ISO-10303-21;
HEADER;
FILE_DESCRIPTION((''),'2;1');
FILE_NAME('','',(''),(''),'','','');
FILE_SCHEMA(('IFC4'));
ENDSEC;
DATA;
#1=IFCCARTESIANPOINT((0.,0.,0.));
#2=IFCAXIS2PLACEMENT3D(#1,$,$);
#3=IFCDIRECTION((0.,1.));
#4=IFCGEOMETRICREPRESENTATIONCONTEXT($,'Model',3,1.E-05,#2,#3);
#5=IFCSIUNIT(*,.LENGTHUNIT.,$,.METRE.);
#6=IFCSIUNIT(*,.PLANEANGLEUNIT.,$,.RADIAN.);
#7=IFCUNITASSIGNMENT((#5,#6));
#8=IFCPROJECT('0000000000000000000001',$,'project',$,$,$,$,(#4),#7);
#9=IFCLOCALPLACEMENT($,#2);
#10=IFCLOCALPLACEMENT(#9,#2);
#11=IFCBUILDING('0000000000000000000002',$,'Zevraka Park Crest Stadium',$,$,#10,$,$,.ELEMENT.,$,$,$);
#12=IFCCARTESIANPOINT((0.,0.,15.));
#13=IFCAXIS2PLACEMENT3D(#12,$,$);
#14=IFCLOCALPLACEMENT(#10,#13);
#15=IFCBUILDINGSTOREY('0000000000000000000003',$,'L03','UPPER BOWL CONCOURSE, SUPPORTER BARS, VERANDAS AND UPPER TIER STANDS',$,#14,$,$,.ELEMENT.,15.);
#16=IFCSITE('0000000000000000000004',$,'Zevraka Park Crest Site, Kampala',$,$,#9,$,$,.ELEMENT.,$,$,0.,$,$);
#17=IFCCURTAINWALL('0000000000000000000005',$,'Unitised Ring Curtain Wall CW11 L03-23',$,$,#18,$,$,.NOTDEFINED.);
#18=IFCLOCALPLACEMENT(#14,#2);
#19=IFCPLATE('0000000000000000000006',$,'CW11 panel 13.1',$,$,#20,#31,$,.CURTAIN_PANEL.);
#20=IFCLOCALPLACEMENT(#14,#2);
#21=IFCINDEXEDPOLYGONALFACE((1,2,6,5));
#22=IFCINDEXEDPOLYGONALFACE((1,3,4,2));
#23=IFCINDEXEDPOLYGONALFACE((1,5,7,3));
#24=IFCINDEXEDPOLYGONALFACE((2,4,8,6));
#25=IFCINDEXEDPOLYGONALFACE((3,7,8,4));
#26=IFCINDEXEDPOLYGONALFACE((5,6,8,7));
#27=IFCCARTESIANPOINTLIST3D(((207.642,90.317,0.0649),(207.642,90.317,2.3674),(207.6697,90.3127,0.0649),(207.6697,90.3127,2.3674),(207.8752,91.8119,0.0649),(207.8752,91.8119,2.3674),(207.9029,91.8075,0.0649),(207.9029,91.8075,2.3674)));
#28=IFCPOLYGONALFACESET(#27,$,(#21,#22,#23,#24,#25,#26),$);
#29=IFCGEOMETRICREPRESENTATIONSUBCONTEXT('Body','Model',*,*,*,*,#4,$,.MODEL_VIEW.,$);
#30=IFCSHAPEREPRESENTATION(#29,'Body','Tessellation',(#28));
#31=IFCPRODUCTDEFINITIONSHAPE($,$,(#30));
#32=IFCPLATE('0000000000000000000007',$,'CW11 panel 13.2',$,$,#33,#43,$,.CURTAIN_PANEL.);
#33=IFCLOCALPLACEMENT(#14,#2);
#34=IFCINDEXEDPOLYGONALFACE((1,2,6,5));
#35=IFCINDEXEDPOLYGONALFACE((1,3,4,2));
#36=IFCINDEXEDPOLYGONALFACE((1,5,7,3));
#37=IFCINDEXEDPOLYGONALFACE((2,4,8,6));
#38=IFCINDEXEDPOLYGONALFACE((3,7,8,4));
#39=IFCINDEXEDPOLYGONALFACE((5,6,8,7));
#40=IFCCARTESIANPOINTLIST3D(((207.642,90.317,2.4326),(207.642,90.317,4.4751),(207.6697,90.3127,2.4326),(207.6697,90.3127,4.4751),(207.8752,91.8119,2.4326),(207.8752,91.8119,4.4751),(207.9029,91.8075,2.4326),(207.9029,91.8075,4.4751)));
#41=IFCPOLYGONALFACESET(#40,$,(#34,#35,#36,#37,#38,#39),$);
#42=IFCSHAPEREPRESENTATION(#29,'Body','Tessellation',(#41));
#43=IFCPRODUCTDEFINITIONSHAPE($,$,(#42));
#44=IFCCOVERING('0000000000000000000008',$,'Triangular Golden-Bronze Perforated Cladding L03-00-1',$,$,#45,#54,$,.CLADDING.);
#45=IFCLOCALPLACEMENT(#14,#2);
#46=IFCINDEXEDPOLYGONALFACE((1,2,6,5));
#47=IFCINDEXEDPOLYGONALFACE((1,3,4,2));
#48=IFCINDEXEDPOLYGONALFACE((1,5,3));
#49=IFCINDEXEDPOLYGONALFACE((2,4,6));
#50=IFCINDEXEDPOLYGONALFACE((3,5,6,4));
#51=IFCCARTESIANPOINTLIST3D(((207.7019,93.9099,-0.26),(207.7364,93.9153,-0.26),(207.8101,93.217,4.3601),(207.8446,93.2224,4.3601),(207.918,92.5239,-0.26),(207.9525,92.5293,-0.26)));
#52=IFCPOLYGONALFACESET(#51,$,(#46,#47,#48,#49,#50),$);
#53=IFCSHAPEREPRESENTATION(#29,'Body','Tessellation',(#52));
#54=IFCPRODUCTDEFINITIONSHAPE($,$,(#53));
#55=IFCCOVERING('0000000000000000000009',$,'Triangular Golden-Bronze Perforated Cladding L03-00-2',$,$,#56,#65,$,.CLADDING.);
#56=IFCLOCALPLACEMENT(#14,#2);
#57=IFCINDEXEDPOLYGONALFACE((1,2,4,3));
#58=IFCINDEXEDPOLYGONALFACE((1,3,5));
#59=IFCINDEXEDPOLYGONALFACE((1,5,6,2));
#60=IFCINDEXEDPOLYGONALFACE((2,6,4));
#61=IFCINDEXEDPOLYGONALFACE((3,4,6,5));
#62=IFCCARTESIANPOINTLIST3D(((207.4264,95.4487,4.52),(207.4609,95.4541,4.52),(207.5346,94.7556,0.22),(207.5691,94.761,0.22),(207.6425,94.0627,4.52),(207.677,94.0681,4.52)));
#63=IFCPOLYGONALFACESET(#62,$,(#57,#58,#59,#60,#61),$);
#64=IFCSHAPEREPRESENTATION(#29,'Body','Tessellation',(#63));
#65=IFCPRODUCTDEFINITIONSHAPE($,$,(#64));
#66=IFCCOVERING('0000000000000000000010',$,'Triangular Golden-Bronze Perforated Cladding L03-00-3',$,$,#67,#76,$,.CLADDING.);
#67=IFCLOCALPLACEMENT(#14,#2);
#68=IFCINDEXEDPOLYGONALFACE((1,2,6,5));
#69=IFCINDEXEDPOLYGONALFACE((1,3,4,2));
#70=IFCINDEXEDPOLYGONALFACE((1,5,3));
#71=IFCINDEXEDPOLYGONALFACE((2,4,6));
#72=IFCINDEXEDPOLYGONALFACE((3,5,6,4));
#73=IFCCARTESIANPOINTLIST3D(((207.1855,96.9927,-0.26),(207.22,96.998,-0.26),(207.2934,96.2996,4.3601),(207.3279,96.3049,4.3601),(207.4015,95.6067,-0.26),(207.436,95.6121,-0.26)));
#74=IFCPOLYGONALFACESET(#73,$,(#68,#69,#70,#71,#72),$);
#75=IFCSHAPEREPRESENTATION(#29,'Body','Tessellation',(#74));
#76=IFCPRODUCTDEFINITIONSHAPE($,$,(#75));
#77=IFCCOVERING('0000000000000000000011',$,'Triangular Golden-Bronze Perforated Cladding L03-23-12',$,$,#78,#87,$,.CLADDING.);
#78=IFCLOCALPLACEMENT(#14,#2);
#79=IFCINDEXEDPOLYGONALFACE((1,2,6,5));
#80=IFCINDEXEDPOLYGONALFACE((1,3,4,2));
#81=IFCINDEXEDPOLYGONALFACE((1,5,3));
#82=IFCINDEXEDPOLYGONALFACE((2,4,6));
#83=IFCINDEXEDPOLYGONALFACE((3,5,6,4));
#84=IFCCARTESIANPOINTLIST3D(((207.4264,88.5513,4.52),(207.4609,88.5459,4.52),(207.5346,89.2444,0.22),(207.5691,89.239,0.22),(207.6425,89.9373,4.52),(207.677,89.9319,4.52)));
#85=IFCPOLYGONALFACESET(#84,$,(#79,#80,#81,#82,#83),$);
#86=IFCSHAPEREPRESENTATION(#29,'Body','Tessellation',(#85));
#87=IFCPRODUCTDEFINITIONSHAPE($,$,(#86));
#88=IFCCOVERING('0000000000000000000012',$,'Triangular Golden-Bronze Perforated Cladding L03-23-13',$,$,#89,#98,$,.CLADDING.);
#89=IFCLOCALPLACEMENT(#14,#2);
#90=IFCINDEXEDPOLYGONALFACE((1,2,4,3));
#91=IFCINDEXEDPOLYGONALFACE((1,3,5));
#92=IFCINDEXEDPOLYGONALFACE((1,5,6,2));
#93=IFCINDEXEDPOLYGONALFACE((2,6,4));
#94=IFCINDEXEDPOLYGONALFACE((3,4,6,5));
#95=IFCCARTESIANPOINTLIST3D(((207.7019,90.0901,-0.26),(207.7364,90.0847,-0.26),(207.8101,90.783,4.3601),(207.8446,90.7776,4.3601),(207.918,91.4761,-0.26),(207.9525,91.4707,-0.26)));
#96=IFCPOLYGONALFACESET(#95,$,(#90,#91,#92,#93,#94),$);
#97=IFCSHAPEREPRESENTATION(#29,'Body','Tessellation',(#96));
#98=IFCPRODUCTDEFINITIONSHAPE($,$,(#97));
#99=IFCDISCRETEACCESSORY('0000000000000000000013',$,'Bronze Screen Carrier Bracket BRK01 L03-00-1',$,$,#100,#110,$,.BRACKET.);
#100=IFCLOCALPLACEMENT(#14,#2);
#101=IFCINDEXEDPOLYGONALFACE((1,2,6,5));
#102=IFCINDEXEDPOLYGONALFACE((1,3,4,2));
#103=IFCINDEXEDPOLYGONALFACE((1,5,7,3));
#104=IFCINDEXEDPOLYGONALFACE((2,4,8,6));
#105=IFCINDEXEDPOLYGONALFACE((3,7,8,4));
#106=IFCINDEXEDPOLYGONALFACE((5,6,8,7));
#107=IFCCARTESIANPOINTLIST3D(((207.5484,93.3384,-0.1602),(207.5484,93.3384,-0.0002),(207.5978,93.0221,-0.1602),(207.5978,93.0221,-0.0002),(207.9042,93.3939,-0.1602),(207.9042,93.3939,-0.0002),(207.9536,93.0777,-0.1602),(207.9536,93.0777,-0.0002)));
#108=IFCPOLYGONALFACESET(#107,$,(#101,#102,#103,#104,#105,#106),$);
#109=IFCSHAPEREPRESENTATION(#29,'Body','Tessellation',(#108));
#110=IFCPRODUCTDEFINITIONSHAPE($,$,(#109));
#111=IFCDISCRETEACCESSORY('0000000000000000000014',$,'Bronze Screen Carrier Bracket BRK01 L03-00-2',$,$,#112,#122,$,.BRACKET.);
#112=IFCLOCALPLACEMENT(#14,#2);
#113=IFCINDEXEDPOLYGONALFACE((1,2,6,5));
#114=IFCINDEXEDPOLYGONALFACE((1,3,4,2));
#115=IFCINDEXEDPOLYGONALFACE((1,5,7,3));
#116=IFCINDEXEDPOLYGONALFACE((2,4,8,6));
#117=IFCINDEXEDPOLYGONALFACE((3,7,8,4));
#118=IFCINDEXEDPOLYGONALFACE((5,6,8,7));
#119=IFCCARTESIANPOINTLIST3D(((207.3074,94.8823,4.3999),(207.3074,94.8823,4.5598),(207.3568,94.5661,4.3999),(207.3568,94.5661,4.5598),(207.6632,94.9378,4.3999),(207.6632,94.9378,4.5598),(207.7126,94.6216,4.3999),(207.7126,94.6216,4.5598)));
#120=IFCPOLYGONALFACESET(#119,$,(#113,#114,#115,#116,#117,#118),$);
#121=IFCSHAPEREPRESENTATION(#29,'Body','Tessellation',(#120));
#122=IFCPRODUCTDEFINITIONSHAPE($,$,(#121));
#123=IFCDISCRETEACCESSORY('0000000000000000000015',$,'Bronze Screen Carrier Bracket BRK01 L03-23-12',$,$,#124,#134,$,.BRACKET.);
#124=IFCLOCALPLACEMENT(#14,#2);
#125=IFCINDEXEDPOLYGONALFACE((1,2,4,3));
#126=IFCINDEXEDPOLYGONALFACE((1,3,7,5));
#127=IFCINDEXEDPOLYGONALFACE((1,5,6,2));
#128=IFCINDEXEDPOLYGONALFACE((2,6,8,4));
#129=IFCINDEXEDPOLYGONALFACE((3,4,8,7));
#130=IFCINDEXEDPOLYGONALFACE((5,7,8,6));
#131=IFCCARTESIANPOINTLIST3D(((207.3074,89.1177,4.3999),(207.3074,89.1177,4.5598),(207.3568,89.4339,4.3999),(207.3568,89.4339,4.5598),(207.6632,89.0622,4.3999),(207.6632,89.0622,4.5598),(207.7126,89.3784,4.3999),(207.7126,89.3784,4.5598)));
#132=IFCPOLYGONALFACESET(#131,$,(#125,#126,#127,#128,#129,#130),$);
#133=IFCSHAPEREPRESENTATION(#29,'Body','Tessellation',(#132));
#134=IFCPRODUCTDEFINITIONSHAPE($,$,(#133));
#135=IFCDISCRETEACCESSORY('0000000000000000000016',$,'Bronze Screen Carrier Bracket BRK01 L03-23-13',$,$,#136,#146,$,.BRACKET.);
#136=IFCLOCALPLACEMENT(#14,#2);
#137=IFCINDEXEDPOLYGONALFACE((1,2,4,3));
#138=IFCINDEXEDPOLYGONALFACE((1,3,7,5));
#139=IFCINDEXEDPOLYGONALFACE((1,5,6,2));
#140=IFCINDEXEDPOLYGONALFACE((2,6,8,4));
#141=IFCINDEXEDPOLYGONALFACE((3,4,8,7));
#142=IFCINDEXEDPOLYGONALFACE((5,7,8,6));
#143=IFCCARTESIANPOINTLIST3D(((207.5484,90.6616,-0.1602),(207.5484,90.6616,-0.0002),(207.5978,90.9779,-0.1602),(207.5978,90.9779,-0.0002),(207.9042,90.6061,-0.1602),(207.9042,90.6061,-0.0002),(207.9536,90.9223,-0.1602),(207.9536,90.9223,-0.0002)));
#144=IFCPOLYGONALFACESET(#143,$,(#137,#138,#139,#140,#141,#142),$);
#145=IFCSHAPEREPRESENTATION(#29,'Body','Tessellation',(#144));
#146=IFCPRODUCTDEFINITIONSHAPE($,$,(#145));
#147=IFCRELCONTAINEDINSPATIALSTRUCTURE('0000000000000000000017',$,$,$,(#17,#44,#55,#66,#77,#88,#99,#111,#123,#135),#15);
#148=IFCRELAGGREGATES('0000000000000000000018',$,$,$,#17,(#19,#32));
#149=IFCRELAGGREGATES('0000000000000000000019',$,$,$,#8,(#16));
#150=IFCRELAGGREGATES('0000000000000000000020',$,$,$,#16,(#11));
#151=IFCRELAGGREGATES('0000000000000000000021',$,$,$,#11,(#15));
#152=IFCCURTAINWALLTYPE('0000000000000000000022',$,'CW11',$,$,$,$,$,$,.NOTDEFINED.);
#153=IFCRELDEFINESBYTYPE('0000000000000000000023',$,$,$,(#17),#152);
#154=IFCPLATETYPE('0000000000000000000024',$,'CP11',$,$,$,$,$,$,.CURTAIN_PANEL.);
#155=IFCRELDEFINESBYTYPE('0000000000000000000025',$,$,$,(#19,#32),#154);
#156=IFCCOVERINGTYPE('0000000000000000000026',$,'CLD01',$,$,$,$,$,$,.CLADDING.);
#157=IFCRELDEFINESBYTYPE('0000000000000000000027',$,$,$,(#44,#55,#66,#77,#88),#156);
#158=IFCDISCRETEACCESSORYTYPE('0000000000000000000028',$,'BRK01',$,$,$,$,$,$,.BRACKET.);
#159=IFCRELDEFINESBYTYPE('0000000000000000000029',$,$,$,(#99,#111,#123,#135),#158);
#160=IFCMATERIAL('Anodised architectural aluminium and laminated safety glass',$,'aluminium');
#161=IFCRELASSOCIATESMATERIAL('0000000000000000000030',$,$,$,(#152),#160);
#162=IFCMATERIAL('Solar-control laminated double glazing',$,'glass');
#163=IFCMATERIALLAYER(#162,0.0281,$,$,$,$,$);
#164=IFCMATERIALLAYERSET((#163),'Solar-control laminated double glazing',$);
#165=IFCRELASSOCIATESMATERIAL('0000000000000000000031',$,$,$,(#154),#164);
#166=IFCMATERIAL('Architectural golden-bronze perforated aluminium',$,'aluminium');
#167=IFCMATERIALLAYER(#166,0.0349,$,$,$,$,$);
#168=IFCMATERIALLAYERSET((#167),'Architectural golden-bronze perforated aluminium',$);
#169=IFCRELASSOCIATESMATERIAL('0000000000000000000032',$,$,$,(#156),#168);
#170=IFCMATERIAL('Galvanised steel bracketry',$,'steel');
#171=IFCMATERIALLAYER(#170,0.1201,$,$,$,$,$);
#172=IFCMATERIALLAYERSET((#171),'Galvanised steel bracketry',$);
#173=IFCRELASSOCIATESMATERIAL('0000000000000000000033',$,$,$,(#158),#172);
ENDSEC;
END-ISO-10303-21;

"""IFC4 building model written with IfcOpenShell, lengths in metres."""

from ifc_helpers import new_model, si_unit, direction, frame, origin, origin_2d, place, context, subcontext, project, spatial, polyline, rectangle, outline, extrude, material, layer, layer_set, type_object, element, aggregate, save


model = new_model("IFC4")

# Units and contexts
model_context = context("Model", 3, precision=1e-05, world=origin(), true_north=direction((0.0, 1.0)))
body_context = subcontext(model_context, "Body", "Model", "MODEL_VIEW")
ifc_project = project(units=[si_unit("LENGTHUNIT", "METRE"), si_unit("PLANEANGLEUNIT", "RADIAN")], contexts=[model_context])

# Site, building, storey
site_placement = place(None, origin())
site = spatial("IfcSite", under=ifc_project, at=site_placement, Name="Zevraka Park Crest Site, Kampala", CompositionType="ELEMENT", RefElevation=0.0)
building_placement = place(site_placement, origin())
building = spatial("IfcBuilding", under=site, at=building_placement, Name="Zevraka Park Crest Stadium", CompositionType="ELEMENT")
storey_placement = place(building_placement, frame((0.0, 0.0, 15.0)))
storey = spatial("IfcBuildingStorey", under=building, at=storey_placement, Name="L03", Description="UPPER BOWL CONCOURSE, SUPPORTER BARS, VERANDAS AND UPPER TIER STANDS", CompositionType="ELEMENT", Elevation=15.0)

# Curtain wall
ifc_material_1 = material(Name="Anodised architectural aluminium and laminated safety glass", Category="aluminium")
curtain_wall_type = type_object("IfcCurtainWallType", Name="CW11", PredefinedType="NOTDEFINED", material=ifc_material_1)
curtain_wall_1_placement = place(storey_placement, origin())
curtain_wall_1 = element("IfcCurtainWall", 1, at=curtain_wall_1_placement, inside=storey, type_object=curtain_wall_type, Name="Unitised Ring Curtain Wall CW11 L03-23", PredefinedType="NOTDEFINED")

# Plates
ifc_material_2 = material(Name="Solar-control laminated double glazing", Category="glass")
ifc_layer_1 = layer(ifc_material_2, 0.0281)
ifc_layer_set_1 = layer_set([ifc_layer_1], Name="Solar-control laminated double glazing")
plate_type = type_object("IfcPlateType", Name="CP11", PredefinedType="CURTAIN_PANEL", material=ifc_layer_set_1)
plate_1_placement = place(storey_placement, frame((207.7725, 91.0623, 0.0649), z_axis=(0.0, 0.0, 1.0), x_axis=(0.154128, 0.988051, 0.0)))
plate_1 = element("IfcPlate", 2, at=plate_1_placement, type_object=plate_type, Name="CW11 panel 13.1", PredefinedType="CURTAIN_PANEL", context=body_context, shape_type="SweptSolid", body=[
    extrude(rectangle(XDim=1.5129, YDim=0.0281, at=origin_2d()), origin(), (0.0, 0.0, 1.0), 2.3025),
])
plate_2_placement = place(storey_placement, frame((207.7725, 91.0623, 2.4326), z_axis=(0.0, 0.0, 1.0), x_axis=(0.154128, 0.988051, 0.0)))
plate_2 = element("IfcPlate", 3, at=plate_2_placement, type_object=plate_type, Name="CW11 panel 13.2", PredefinedType="CURTAIN_PANEL", context=body_context, shape_type="SweptSolid", body=[
    extrude(rectangle(XDim=1.5129, YDim=0.0281, at=origin_2d()), origin(), (0.0, 0.0, 1.0), 2.0425),
])
aggregate(curtain_wall_1, [plate_1, plate_2])

# Coverings
ifc_material_3 = material(Name="Architectural golden-bronze perforated aluminium", Category="aluminium")
ifc_layer_2 = layer(ifc_material_3, 0.0349)
ifc_layer_set_2 = layer_set([ifc_layer_2], Name="Architectural golden-bronze perforated aluminium")
covering_type = type_object("IfcCoveringType", Name="CLD01", PredefinedType="CLADDING", material=ifc_layer_set_2)
covering_1_placement = place(storey_placement, frame((207.918, 92.5239, -0.26), z_axis=(-0.988066, -0.154032, 0.00003), x_axis=(-0.154032, 0.988066, 0.0)))
element("IfcCovering", 4, at=covering_1_placement, inside=storey, type_object=covering_type, Name="Triangular Golden-Bronze Perforated Cladding L03-00-1", PredefinedType="CLADDING", context=body_context, shape_type="SweptSolid", body=[
    extrude(outline(polyline([(0.0, 0.0), (1.4027, 0.0), (0.7015, -4.6201), (0.0, 0.0)])), origin(), (0.0, 0.0, -1.0), 0.0349),
])
covering_2_placement = place(storey_placement, frame((207.4609, 95.4541, 4.52), z_axis=(0.988066, 0.154032, 0.000024), x_axis=(0.154032, -0.988066, 0.0)))
element("IfcCovering", 5, at=covering_2_placement, inside=storey, type_object=covering_type, Name="Triangular Golden-Bronze Perforated Cladding L03-00-2", PredefinedType="CLADDING", context=body_context, shape_type="SweptSolid", body=[
    extrude(outline(polyline([(0.0, 0.0), (1.4027, 0.0), (0.7015, 4.3), (0.0, 0.0)])), origin(), (0.0, 0.0, -1.0), 0.0349),
])
covering_3_placement = place(storey_placement, frame((207.436, 95.6121, -0.26), z_axis=(0.988066, 0.154032, 0.00003), x_axis=(-0.154032, 0.988066, 0.0)))
element("IfcCovering", 6, at=covering_3_placement, inside=storey, type_object=covering_type, Name="Triangular Golden-Bronze Perforated Cladding L03-00-3", PredefinedType="CLADDING", context=body_context, shape_type="SweptSolid", body=[
    extrude(outline(polyline([(0.0, 0.0), (1.4027, 0.0), (0.7013, 4.6201), (0.0, 0.0)])), origin(), (0.0, 0.0, -1.0), 0.0349),
])
covering_4_placement = place(storey_placement, frame((207.677, 89.9319, 4.52), z_axis=(0.988066, -0.154032, 0.000024), x_axis=(-0.154032, -0.988066, 0.0)))
element("IfcCovering", 7, at=covering_4_placement, inside=storey, type_object=covering_type, Name="Triangular Golden-Bronze Perforated Cladding L03-23-12", PredefinedType="CLADDING", context=body_context, shape_type="SweptSolid", body=[
    extrude(outline(polyline([(0.0, 0.0), (1.4027, 0.0), (0.7012, 4.3), (0.0, 0.0)])), origin(), (0.0, 0.0, -1.0), 0.0349),
])
covering_5_placement = place(storey_placement, frame((207.7019, 90.0901, -0.26), z_axis=(-0.988066, 0.154032, 0.00003), x_axis=(0.154032, 0.988066, 0.0)))
element("IfcCovering", 8, at=covering_5_placement, inside=storey, type_object=covering_type, Name="Triangular Golden-Bronze Perforated Cladding L03-23-13", PredefinedType="CLADDING", context=body_context, shape_type="SweptSolid", body=[
    extrude(outline(polyline([(0.0, 0.0), (1.4027, 0.0), (0.7013, -4.6201), (0.0, 0.0)])), origin(), (0.0, 0.0, -1.0), 0.0349),
])

# Discrete accessories
ifc_material_4 = material(Name="Galvanised steel bracketry", Category="steel")
ifc_layer_3 = layer(ifc_material_4, 0.1201)
ifc_layer_set_3 = layer_set([ifc_layer_3], Name="Galvanised steel bracketry")
discrete_accessory_type = type_object("IfcDiscreteAccessoryType", Name="BRK01", PredefinedType="BRACKET", material=ifc_layer_set_3)
for number, where, z_axis, x_axis, name in (
    (9, (207.751, 93.208, -0.1602), (0.0, 0.0, 1.0), (-0.154193, 0.988041, 0.0), "Bronze Screen Carrier Bracket BRK01 L03-00-1"),
    (10, (207.51, 94.752, 4.3999), (0.0, 0.0, 1.0), (-0.154193, 0.988041, 0.0), "Bronze Screen Carrier Bracket BRK01 L03-00-2"),
    (11, (207.51, 89.248, 4.3999), (0.0, 0.0, 1.0), (0.154193, 0.988041, 0.0), "Bronze Screen Carrier Bracket BRK01 L03-23-12"),
    (12, (207.751, 90.792, -0.1602), (0.0, 0.0, 1.0), (0.154193, 0.988041, 0.0), "Bronze Screen Carrier Bracket BRK01 L03-23-13"),
):
    element("IfcDiscreteAccessory", number, at=place(storey_placement, frame(where, z_axis=z_axis, x_axis=x_axis)), inside=storey, type_object=discrete_accessory_type, Name=name, PredefinedType="BRACKET", context=body_context, shape_type="SweptSolid", body=[
        extrude(rectangle(XDim=0.3201, YDim=0.3601, at=origin_2d()), origin(), (0.0, 0.0, 1.0), 0.1599),
    ])

save(model, "model.ifc")
